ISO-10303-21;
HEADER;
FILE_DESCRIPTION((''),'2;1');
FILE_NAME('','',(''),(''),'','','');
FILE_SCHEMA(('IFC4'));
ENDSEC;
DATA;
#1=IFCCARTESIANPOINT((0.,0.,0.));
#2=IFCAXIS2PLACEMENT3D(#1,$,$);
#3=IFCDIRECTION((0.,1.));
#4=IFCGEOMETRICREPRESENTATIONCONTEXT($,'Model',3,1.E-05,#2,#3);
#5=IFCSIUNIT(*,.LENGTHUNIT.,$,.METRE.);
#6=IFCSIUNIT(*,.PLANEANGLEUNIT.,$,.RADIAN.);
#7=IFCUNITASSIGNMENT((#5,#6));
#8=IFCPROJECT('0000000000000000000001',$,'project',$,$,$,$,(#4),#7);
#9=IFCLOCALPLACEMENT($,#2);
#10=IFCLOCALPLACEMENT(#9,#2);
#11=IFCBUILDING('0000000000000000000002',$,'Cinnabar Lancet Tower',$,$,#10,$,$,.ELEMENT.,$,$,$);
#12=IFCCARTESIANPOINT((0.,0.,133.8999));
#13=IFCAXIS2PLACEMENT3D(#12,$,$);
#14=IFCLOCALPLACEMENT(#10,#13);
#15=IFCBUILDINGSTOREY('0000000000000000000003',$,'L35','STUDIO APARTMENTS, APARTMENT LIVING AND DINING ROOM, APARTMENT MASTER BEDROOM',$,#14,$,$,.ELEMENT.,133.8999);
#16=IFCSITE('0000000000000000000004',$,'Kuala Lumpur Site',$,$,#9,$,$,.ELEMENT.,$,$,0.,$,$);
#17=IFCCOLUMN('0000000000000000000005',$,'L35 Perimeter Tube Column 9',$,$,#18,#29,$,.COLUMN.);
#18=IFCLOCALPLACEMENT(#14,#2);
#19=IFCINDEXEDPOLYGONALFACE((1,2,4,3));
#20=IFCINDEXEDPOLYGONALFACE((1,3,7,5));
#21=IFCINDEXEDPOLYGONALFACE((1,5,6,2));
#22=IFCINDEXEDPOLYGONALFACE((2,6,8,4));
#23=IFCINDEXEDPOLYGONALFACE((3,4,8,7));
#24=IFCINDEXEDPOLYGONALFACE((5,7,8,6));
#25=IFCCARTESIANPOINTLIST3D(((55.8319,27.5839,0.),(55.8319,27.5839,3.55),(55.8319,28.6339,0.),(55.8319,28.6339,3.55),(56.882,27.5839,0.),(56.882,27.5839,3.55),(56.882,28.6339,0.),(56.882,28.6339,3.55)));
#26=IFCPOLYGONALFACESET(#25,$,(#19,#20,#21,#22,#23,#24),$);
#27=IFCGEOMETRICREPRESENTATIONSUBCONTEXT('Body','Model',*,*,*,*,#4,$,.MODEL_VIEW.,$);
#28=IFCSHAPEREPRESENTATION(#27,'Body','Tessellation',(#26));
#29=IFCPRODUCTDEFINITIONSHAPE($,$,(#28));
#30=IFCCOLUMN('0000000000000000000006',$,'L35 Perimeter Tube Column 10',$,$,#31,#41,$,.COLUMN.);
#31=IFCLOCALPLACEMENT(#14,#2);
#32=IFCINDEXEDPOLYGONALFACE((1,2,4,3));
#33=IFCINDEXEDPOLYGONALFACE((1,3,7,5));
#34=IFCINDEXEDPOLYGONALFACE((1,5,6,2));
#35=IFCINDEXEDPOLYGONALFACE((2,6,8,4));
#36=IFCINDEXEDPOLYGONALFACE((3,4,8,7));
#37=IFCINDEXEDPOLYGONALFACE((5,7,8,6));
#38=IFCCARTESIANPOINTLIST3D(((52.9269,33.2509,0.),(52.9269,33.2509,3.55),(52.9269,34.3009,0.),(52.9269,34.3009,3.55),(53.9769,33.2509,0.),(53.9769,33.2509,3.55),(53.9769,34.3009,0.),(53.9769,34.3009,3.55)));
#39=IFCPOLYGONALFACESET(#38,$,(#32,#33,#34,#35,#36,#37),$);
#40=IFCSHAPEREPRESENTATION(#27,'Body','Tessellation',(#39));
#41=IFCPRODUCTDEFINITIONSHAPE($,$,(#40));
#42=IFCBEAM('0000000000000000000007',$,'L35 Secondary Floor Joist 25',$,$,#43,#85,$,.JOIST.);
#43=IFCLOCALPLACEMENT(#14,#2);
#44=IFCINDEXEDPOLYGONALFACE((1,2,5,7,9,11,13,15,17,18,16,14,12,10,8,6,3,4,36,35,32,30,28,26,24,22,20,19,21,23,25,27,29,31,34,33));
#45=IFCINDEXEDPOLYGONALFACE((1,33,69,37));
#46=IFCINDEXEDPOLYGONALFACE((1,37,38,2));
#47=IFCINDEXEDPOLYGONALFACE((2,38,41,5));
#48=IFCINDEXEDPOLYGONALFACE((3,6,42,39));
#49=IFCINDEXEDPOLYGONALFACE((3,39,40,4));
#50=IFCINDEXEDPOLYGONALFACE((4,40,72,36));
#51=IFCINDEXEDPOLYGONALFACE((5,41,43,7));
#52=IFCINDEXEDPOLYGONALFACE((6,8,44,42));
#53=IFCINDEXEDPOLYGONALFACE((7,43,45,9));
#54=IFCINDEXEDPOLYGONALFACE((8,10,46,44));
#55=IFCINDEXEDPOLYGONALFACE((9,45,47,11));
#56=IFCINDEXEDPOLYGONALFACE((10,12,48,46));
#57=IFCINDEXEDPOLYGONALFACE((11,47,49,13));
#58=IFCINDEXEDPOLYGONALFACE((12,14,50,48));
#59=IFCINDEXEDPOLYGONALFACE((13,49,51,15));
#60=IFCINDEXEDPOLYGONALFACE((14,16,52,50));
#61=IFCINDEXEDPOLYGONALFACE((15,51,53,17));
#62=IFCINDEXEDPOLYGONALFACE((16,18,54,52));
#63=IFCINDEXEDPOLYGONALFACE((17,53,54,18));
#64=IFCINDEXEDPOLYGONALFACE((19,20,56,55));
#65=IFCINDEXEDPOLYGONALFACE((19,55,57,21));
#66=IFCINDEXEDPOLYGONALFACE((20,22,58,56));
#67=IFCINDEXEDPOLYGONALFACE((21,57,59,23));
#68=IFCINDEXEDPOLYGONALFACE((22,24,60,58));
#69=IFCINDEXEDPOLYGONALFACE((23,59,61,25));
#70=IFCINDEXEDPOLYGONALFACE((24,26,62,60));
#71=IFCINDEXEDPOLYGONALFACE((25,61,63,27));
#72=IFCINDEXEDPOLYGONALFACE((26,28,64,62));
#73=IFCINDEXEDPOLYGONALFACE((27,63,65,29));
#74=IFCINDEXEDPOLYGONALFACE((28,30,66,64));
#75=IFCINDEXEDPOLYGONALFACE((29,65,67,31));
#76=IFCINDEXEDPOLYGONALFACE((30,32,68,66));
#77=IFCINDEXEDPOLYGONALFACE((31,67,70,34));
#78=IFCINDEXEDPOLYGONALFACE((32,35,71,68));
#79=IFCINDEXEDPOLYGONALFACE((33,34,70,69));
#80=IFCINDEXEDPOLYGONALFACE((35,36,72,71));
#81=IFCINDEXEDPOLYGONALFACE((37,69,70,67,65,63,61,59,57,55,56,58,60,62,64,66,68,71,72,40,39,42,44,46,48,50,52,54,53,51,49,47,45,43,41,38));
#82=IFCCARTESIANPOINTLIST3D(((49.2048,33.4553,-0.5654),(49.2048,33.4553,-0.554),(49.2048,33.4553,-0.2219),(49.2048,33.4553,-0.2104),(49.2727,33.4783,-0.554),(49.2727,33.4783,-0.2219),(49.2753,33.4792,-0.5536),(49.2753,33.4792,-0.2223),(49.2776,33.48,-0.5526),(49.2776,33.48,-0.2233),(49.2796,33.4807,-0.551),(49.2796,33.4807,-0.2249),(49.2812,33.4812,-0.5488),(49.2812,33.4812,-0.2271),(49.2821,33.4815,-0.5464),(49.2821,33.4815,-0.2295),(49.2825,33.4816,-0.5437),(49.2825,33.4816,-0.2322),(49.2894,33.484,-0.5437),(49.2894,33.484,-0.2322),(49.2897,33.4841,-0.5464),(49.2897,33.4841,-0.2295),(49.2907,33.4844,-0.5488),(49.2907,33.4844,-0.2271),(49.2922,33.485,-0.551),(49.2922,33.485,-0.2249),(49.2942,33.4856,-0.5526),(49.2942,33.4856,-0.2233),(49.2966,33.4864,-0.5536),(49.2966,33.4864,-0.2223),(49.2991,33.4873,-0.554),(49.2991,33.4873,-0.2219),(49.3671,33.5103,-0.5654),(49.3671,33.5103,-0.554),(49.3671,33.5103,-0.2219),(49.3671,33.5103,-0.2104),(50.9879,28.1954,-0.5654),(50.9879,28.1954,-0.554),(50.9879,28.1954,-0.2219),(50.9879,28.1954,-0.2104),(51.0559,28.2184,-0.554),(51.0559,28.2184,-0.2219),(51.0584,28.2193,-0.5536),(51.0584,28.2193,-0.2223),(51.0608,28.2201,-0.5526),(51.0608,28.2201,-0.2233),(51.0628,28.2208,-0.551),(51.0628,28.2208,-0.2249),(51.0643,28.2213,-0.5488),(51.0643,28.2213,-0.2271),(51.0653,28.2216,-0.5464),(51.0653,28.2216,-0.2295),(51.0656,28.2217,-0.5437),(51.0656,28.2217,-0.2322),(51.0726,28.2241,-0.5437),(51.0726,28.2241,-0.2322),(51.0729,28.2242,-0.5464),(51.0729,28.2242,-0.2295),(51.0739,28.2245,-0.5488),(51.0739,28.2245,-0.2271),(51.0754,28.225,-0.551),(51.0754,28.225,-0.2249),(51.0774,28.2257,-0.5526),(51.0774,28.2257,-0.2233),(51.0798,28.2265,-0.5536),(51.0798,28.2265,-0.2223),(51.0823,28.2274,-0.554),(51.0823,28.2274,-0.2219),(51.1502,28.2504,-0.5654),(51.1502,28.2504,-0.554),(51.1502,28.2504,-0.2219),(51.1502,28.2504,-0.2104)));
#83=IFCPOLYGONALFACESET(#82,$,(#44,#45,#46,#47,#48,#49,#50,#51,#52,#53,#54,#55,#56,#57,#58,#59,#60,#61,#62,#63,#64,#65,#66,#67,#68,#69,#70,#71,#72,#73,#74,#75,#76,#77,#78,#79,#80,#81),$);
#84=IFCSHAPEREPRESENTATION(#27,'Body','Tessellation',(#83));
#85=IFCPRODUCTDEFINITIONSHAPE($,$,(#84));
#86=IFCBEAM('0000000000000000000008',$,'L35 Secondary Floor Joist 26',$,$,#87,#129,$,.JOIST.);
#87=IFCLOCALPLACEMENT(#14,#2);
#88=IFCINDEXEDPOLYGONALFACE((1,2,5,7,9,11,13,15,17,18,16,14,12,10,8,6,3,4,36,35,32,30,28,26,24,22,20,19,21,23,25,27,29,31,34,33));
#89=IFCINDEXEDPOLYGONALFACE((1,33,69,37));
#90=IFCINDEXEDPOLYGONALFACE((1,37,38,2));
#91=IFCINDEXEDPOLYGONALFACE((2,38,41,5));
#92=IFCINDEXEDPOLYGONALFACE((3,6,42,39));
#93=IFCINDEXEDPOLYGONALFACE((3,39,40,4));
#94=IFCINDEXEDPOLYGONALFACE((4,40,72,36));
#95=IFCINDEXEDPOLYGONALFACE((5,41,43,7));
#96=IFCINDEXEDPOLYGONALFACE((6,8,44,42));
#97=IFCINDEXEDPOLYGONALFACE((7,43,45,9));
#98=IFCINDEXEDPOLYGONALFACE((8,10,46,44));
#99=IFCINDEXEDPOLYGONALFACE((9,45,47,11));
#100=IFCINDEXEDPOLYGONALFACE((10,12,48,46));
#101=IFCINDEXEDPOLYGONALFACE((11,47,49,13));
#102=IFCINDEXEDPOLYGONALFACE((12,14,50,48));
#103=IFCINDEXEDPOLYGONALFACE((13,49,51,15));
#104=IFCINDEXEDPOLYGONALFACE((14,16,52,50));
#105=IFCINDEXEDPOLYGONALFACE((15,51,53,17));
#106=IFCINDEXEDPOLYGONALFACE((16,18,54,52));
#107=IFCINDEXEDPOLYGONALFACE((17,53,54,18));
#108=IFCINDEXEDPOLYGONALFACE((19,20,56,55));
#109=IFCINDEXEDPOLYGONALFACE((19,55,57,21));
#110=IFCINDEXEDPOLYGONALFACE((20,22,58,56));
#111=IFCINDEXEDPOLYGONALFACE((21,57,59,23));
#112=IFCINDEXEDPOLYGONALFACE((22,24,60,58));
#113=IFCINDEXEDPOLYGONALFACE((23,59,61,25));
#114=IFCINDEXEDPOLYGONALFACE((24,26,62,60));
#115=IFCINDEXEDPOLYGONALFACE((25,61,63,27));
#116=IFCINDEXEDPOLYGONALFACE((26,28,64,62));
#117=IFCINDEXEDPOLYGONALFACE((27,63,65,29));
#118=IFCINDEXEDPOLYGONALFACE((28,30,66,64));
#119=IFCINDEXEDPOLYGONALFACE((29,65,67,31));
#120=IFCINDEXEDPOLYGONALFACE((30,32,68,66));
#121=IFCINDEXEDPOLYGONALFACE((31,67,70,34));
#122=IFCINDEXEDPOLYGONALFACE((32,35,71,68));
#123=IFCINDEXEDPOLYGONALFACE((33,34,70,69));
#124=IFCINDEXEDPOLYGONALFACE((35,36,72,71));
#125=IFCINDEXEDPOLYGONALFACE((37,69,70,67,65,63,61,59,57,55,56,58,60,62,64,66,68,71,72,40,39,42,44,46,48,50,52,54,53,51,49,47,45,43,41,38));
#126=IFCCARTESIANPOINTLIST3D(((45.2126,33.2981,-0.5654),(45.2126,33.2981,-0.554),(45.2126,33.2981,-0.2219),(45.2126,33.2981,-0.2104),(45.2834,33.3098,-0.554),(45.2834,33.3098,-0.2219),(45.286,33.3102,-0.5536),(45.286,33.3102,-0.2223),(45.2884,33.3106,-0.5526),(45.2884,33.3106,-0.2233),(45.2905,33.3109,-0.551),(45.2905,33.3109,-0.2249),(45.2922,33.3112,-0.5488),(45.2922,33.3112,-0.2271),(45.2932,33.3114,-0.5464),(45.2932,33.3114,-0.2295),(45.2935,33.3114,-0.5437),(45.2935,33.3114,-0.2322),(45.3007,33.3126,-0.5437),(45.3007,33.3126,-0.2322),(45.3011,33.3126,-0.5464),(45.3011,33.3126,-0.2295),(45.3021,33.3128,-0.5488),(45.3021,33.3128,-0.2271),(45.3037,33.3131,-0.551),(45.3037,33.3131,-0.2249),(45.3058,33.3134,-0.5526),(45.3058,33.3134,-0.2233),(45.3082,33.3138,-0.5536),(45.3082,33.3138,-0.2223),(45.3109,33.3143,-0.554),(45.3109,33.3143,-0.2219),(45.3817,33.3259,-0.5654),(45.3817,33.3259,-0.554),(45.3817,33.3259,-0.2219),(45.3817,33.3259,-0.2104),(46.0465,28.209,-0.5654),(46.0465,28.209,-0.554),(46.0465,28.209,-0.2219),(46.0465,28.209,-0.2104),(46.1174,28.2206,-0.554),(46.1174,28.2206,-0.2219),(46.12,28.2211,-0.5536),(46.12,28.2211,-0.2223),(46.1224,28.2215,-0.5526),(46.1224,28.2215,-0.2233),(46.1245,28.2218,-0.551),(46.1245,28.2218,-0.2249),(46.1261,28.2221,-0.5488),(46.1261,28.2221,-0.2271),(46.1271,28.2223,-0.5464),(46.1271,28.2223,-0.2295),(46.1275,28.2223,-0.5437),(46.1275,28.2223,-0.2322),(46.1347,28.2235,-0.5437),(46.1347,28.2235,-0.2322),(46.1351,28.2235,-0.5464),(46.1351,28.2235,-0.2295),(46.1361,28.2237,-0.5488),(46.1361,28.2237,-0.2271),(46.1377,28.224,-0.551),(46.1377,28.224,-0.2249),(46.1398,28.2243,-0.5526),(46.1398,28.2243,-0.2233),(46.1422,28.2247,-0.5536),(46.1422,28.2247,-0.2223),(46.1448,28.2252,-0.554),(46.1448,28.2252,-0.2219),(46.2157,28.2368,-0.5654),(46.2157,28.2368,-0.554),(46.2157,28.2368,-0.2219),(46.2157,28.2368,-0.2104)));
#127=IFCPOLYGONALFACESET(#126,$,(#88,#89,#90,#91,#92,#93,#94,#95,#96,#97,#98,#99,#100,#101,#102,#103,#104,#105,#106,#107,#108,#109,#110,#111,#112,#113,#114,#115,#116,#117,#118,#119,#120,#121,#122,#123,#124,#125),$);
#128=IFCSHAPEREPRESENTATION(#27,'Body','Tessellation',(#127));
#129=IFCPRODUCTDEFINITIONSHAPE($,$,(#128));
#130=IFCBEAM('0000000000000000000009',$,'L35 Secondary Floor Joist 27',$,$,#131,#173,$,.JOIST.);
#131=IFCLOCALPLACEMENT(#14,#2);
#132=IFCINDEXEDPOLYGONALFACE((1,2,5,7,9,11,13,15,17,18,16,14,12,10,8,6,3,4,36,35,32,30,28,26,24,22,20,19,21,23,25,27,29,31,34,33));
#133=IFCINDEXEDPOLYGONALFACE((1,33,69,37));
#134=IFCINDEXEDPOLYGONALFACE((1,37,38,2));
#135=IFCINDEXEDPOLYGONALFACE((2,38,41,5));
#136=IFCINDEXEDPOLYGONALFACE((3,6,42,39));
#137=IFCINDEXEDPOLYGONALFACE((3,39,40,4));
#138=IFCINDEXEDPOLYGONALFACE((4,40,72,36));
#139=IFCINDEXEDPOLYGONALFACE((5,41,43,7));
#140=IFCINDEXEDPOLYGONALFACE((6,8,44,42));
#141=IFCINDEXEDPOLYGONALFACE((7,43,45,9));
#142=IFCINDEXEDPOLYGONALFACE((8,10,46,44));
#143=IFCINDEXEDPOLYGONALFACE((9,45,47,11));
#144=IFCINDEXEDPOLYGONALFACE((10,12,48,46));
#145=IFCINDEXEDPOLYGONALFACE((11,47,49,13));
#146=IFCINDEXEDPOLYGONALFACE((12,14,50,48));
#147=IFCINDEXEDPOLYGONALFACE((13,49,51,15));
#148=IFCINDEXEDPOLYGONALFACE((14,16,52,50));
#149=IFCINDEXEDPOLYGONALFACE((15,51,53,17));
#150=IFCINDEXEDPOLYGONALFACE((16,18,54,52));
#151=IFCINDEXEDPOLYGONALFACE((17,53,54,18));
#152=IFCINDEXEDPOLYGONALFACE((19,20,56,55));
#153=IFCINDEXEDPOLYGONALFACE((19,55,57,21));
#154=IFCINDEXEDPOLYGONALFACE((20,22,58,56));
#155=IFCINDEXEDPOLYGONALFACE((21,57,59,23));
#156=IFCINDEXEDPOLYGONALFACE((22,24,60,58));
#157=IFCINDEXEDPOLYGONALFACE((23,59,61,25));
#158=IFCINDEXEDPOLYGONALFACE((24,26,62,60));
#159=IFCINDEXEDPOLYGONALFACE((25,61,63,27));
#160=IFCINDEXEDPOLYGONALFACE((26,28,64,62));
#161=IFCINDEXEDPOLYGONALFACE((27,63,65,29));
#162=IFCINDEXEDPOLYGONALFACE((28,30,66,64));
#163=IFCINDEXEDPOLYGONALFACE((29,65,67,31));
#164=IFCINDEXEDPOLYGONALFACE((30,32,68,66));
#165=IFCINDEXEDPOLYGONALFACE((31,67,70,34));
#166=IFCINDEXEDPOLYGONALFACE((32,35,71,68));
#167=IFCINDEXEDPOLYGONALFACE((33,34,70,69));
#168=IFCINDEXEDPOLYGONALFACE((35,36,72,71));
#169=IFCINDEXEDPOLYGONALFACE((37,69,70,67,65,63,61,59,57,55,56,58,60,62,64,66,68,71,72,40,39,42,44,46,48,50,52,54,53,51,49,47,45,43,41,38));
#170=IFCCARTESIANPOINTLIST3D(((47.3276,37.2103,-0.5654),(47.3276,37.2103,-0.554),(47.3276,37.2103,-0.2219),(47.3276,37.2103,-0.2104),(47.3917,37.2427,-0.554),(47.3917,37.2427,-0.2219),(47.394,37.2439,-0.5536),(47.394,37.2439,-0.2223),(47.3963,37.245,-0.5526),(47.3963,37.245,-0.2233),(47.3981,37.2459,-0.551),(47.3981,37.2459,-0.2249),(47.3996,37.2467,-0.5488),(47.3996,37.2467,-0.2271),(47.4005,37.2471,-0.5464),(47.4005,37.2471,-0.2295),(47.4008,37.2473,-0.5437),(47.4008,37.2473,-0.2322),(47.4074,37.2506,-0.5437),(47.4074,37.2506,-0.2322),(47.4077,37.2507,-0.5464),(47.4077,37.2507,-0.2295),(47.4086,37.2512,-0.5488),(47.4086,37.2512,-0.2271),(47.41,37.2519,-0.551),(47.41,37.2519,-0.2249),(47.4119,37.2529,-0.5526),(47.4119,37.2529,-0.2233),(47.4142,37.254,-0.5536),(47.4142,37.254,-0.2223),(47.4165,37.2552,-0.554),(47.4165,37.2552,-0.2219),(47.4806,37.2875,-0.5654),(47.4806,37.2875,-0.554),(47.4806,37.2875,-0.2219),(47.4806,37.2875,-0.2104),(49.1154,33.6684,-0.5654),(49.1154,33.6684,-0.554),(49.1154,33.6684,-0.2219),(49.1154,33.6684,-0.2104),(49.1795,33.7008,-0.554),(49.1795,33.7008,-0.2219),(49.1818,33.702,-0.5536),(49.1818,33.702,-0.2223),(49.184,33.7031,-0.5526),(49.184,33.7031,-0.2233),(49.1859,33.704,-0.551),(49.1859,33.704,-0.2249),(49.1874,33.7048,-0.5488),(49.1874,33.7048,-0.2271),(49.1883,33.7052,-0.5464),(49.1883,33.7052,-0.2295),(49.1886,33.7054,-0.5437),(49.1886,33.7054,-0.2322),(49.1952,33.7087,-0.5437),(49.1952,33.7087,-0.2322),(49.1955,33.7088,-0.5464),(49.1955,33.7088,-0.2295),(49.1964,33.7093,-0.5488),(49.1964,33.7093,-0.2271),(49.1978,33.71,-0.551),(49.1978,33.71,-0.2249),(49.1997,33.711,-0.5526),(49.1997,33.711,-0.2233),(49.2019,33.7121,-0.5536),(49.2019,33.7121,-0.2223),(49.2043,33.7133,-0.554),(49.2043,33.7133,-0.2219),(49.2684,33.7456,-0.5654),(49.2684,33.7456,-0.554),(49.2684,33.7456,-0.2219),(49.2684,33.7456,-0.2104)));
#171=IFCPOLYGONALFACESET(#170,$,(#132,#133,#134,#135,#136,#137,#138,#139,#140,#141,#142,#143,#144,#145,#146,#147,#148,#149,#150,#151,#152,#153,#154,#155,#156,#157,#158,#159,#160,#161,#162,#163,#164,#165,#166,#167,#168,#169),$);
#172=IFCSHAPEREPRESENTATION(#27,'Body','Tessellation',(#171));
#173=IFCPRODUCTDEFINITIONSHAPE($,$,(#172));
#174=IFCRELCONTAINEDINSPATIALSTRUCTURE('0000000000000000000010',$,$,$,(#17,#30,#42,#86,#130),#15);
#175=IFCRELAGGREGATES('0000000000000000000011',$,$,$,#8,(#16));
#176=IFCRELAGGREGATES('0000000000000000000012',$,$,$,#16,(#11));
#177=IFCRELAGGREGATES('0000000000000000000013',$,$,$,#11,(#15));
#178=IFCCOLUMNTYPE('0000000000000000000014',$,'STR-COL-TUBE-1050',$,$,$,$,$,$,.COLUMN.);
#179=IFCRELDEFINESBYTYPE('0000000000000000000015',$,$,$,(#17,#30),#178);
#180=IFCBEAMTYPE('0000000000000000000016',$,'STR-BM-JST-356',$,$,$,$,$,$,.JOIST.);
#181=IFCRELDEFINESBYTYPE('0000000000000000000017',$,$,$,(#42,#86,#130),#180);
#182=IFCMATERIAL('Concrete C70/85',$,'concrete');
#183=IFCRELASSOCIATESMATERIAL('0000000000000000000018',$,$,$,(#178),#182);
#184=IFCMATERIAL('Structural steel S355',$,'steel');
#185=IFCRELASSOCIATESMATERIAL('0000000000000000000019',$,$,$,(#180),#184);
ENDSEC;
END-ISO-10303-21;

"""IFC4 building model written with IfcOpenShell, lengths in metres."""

from ifc_helpers import new_model, si_unit, direction, frame, origin, origin_2d, place, context, subcontext, project, spatial, rectangle, i_section, extrude, material, material_profile, profile_set, type_object, element, save


model = new_model("IFC4")

# Units and contexts
model_context = context("Model", 3, precision=1e-05, world=origin(), true_north=direction((0.0, 1.0)))
body_context = subcontext(model_context, "Body", "Model", "MODEL_VIEW")
ifc_project = project(units=[si_unit("LENGTHUNIT", "METRE"), si_unit("PLANEANGLEUNIT", "RADIAN")], contexts=[model_context])

# Site, building, storey
site_placement = place(None, origin())
site = spatial("IfcSite", under=ifc_project, at=site_placement, Name="Kuala Lumpur Site", CompositionType="ELEMENT", RefElevation=0.0)
building_placement = place(site_placement, origin())
building = spatial("IfcBuilding", under=site, at=building_placement, Name="Cinnabar Lancet Tower", CompositionType="ELEMENT")
storey_placement = place(building_placement, frame((0.0, 0.0, 133.8999)))
storey = spatial("IfcBuildingStorey", under=building, at=storey_placement, Name="L35", Description="STUDIO APARTMENTS, APARTMENT LIVING AND DINING ROOM, APARTMENT MASTER BEDROOM", CompositionType="ELEMENT", Elevation=133.8999)

# Columns
ifc_material_1 = material(Name="Concrete C70/85", Category="concrete")
ifc_material_profile_1 = material_profile(ifc_material_1, rectangle(XDim=1.05, YDim=1.05, at=origin_2d()), Name="RC-COL 1050x1050")
ifc_profile_set_1 = profile_set([ifc_material_profile_1], Name="Concrete C70/85")
column_type = type_object("IfcColumnType", Name="STR-COL-TUBE-1050", PredefinedType="COLUMN", material=ifc_profile_set_1)
for number, where, z_axis, x_axis, name in (
    (1, (56.3569, 28.1089, 0.0), (0.0, 0.0, 1.0), (1.0, 0.0, 0.0), "L35 Perimeter Tube Column 9"),
    (2, (53.4519, 33.7759, 0.0), (0.0, 0.0, 1.0), (1.0, 0.0, 0.0), "L35 Perimeter Tube Column 10"),
):
    element("IfcColumn", number, at=place(storey_placement, frame(where, z_axis=z_axis, x_axis=x_axis)), inside=storey, type_object=column_type, Name=name, PredefinedType="COLUMN", context=body_context, shape_type="SweptSolid", body=[
        extrude(rectangle(XDim=1.05, YDim=1.05, at=origin_2d()), origin(), (0.0, 0.0, 1.0), 3.55),
    ])

# Beams
ifc_material_2 = material(Name="Structural steel S355", Category="steel")
ifc_material_profile_2 = material_profile(ifc_material_2, i_section(OverallWidth=0.1714, OverallDepth=0.355, WebThickness=0.0073, FlangeThickness=0.0115, FilletRadius=0.0103, at=origin_2d()), Name="UKB 356x171x51")
ifc_profile_set_2 = profile_set([ifc_material_profile_2], Name="Structural steel S355")
beam_type_1 = type_object("IfcBeamType", Name="STR-BM-JST-356", PredefinedType="JOIST", material=ifc_profile_set_2)
beam_1_placement = place(storey_placement, frame((51.0691, 28.2229, -0.3879), z_axis=(-0.321063, 0.947058, 0.0), x_axis=(-0.947058, -0.321063, 0.0)))
element("IfcBeam", 3, at=beam_1_placement, inside=storey, type_object=beam_type_1, Name="L35 Secondary Floor Joist 25", PredefinedType="JOIST", context=body_context, shape_type="SweptSolid", body=[
    extrude(i_section(OverallWidth=0.1714, OverallDepth=0.355, WebThickness=0.0073, FlangeThickness=0.0115, FilletRadius=0.0103, at=origin_2d()), origin(), (0.0, 0.0, 1.0), 5.554),
])
beam_2_placement = place(storey_placement, frame((46.1311, 28.2229, -0.3879), z_axis=(-0.161719, 0.986837, 0.0), x_axis=(-0.986837, -0.161719, 0.0)))
element("IfcBeam", 4, at=beam_2_placement, inside=storey, type_object=beam_type_1, Name="L35 Secondary Floor Joist 26", PredefinedType="JOIST", context=body_context, shape_type="SweptSolid", body=[
    extrude(i_section(OverallWidth=0.1714, OverallDepth=0.355, WebThickness=0.0073, FlangeThickness=0.0115, FilletRadius=0.0103, at=origin_2d()), origin(), (0.0, 0.0, 1.0), 5.157),
])
beam_3_placement = place(storey_placement, frame((49.1919, 33.707, -0.3879), z_axis=(-0.450607, 0.892722, 0.0), x_axis=(-0.892722, -0.450607, 0.0)))
element("IfcBeam", 5, at=beam_3_placement, inside=storey, type_object=beam_type_1, Name="L35 Secondary Floor Joist 27", PredefinedType="JOIST", context=body_context, shape_type="SweptSolid", body=[
    extrude(i_section(OverallWidth=0.1714, OverallDepth=0.355, WebThickness=0.0073, FlangeThickness=0.0115, FilletRadius=0.0103, at=origin_2d()), origin(), (0.0, 0.0, 1.0), 3.9675),
])

save(model, "model.ifc")
